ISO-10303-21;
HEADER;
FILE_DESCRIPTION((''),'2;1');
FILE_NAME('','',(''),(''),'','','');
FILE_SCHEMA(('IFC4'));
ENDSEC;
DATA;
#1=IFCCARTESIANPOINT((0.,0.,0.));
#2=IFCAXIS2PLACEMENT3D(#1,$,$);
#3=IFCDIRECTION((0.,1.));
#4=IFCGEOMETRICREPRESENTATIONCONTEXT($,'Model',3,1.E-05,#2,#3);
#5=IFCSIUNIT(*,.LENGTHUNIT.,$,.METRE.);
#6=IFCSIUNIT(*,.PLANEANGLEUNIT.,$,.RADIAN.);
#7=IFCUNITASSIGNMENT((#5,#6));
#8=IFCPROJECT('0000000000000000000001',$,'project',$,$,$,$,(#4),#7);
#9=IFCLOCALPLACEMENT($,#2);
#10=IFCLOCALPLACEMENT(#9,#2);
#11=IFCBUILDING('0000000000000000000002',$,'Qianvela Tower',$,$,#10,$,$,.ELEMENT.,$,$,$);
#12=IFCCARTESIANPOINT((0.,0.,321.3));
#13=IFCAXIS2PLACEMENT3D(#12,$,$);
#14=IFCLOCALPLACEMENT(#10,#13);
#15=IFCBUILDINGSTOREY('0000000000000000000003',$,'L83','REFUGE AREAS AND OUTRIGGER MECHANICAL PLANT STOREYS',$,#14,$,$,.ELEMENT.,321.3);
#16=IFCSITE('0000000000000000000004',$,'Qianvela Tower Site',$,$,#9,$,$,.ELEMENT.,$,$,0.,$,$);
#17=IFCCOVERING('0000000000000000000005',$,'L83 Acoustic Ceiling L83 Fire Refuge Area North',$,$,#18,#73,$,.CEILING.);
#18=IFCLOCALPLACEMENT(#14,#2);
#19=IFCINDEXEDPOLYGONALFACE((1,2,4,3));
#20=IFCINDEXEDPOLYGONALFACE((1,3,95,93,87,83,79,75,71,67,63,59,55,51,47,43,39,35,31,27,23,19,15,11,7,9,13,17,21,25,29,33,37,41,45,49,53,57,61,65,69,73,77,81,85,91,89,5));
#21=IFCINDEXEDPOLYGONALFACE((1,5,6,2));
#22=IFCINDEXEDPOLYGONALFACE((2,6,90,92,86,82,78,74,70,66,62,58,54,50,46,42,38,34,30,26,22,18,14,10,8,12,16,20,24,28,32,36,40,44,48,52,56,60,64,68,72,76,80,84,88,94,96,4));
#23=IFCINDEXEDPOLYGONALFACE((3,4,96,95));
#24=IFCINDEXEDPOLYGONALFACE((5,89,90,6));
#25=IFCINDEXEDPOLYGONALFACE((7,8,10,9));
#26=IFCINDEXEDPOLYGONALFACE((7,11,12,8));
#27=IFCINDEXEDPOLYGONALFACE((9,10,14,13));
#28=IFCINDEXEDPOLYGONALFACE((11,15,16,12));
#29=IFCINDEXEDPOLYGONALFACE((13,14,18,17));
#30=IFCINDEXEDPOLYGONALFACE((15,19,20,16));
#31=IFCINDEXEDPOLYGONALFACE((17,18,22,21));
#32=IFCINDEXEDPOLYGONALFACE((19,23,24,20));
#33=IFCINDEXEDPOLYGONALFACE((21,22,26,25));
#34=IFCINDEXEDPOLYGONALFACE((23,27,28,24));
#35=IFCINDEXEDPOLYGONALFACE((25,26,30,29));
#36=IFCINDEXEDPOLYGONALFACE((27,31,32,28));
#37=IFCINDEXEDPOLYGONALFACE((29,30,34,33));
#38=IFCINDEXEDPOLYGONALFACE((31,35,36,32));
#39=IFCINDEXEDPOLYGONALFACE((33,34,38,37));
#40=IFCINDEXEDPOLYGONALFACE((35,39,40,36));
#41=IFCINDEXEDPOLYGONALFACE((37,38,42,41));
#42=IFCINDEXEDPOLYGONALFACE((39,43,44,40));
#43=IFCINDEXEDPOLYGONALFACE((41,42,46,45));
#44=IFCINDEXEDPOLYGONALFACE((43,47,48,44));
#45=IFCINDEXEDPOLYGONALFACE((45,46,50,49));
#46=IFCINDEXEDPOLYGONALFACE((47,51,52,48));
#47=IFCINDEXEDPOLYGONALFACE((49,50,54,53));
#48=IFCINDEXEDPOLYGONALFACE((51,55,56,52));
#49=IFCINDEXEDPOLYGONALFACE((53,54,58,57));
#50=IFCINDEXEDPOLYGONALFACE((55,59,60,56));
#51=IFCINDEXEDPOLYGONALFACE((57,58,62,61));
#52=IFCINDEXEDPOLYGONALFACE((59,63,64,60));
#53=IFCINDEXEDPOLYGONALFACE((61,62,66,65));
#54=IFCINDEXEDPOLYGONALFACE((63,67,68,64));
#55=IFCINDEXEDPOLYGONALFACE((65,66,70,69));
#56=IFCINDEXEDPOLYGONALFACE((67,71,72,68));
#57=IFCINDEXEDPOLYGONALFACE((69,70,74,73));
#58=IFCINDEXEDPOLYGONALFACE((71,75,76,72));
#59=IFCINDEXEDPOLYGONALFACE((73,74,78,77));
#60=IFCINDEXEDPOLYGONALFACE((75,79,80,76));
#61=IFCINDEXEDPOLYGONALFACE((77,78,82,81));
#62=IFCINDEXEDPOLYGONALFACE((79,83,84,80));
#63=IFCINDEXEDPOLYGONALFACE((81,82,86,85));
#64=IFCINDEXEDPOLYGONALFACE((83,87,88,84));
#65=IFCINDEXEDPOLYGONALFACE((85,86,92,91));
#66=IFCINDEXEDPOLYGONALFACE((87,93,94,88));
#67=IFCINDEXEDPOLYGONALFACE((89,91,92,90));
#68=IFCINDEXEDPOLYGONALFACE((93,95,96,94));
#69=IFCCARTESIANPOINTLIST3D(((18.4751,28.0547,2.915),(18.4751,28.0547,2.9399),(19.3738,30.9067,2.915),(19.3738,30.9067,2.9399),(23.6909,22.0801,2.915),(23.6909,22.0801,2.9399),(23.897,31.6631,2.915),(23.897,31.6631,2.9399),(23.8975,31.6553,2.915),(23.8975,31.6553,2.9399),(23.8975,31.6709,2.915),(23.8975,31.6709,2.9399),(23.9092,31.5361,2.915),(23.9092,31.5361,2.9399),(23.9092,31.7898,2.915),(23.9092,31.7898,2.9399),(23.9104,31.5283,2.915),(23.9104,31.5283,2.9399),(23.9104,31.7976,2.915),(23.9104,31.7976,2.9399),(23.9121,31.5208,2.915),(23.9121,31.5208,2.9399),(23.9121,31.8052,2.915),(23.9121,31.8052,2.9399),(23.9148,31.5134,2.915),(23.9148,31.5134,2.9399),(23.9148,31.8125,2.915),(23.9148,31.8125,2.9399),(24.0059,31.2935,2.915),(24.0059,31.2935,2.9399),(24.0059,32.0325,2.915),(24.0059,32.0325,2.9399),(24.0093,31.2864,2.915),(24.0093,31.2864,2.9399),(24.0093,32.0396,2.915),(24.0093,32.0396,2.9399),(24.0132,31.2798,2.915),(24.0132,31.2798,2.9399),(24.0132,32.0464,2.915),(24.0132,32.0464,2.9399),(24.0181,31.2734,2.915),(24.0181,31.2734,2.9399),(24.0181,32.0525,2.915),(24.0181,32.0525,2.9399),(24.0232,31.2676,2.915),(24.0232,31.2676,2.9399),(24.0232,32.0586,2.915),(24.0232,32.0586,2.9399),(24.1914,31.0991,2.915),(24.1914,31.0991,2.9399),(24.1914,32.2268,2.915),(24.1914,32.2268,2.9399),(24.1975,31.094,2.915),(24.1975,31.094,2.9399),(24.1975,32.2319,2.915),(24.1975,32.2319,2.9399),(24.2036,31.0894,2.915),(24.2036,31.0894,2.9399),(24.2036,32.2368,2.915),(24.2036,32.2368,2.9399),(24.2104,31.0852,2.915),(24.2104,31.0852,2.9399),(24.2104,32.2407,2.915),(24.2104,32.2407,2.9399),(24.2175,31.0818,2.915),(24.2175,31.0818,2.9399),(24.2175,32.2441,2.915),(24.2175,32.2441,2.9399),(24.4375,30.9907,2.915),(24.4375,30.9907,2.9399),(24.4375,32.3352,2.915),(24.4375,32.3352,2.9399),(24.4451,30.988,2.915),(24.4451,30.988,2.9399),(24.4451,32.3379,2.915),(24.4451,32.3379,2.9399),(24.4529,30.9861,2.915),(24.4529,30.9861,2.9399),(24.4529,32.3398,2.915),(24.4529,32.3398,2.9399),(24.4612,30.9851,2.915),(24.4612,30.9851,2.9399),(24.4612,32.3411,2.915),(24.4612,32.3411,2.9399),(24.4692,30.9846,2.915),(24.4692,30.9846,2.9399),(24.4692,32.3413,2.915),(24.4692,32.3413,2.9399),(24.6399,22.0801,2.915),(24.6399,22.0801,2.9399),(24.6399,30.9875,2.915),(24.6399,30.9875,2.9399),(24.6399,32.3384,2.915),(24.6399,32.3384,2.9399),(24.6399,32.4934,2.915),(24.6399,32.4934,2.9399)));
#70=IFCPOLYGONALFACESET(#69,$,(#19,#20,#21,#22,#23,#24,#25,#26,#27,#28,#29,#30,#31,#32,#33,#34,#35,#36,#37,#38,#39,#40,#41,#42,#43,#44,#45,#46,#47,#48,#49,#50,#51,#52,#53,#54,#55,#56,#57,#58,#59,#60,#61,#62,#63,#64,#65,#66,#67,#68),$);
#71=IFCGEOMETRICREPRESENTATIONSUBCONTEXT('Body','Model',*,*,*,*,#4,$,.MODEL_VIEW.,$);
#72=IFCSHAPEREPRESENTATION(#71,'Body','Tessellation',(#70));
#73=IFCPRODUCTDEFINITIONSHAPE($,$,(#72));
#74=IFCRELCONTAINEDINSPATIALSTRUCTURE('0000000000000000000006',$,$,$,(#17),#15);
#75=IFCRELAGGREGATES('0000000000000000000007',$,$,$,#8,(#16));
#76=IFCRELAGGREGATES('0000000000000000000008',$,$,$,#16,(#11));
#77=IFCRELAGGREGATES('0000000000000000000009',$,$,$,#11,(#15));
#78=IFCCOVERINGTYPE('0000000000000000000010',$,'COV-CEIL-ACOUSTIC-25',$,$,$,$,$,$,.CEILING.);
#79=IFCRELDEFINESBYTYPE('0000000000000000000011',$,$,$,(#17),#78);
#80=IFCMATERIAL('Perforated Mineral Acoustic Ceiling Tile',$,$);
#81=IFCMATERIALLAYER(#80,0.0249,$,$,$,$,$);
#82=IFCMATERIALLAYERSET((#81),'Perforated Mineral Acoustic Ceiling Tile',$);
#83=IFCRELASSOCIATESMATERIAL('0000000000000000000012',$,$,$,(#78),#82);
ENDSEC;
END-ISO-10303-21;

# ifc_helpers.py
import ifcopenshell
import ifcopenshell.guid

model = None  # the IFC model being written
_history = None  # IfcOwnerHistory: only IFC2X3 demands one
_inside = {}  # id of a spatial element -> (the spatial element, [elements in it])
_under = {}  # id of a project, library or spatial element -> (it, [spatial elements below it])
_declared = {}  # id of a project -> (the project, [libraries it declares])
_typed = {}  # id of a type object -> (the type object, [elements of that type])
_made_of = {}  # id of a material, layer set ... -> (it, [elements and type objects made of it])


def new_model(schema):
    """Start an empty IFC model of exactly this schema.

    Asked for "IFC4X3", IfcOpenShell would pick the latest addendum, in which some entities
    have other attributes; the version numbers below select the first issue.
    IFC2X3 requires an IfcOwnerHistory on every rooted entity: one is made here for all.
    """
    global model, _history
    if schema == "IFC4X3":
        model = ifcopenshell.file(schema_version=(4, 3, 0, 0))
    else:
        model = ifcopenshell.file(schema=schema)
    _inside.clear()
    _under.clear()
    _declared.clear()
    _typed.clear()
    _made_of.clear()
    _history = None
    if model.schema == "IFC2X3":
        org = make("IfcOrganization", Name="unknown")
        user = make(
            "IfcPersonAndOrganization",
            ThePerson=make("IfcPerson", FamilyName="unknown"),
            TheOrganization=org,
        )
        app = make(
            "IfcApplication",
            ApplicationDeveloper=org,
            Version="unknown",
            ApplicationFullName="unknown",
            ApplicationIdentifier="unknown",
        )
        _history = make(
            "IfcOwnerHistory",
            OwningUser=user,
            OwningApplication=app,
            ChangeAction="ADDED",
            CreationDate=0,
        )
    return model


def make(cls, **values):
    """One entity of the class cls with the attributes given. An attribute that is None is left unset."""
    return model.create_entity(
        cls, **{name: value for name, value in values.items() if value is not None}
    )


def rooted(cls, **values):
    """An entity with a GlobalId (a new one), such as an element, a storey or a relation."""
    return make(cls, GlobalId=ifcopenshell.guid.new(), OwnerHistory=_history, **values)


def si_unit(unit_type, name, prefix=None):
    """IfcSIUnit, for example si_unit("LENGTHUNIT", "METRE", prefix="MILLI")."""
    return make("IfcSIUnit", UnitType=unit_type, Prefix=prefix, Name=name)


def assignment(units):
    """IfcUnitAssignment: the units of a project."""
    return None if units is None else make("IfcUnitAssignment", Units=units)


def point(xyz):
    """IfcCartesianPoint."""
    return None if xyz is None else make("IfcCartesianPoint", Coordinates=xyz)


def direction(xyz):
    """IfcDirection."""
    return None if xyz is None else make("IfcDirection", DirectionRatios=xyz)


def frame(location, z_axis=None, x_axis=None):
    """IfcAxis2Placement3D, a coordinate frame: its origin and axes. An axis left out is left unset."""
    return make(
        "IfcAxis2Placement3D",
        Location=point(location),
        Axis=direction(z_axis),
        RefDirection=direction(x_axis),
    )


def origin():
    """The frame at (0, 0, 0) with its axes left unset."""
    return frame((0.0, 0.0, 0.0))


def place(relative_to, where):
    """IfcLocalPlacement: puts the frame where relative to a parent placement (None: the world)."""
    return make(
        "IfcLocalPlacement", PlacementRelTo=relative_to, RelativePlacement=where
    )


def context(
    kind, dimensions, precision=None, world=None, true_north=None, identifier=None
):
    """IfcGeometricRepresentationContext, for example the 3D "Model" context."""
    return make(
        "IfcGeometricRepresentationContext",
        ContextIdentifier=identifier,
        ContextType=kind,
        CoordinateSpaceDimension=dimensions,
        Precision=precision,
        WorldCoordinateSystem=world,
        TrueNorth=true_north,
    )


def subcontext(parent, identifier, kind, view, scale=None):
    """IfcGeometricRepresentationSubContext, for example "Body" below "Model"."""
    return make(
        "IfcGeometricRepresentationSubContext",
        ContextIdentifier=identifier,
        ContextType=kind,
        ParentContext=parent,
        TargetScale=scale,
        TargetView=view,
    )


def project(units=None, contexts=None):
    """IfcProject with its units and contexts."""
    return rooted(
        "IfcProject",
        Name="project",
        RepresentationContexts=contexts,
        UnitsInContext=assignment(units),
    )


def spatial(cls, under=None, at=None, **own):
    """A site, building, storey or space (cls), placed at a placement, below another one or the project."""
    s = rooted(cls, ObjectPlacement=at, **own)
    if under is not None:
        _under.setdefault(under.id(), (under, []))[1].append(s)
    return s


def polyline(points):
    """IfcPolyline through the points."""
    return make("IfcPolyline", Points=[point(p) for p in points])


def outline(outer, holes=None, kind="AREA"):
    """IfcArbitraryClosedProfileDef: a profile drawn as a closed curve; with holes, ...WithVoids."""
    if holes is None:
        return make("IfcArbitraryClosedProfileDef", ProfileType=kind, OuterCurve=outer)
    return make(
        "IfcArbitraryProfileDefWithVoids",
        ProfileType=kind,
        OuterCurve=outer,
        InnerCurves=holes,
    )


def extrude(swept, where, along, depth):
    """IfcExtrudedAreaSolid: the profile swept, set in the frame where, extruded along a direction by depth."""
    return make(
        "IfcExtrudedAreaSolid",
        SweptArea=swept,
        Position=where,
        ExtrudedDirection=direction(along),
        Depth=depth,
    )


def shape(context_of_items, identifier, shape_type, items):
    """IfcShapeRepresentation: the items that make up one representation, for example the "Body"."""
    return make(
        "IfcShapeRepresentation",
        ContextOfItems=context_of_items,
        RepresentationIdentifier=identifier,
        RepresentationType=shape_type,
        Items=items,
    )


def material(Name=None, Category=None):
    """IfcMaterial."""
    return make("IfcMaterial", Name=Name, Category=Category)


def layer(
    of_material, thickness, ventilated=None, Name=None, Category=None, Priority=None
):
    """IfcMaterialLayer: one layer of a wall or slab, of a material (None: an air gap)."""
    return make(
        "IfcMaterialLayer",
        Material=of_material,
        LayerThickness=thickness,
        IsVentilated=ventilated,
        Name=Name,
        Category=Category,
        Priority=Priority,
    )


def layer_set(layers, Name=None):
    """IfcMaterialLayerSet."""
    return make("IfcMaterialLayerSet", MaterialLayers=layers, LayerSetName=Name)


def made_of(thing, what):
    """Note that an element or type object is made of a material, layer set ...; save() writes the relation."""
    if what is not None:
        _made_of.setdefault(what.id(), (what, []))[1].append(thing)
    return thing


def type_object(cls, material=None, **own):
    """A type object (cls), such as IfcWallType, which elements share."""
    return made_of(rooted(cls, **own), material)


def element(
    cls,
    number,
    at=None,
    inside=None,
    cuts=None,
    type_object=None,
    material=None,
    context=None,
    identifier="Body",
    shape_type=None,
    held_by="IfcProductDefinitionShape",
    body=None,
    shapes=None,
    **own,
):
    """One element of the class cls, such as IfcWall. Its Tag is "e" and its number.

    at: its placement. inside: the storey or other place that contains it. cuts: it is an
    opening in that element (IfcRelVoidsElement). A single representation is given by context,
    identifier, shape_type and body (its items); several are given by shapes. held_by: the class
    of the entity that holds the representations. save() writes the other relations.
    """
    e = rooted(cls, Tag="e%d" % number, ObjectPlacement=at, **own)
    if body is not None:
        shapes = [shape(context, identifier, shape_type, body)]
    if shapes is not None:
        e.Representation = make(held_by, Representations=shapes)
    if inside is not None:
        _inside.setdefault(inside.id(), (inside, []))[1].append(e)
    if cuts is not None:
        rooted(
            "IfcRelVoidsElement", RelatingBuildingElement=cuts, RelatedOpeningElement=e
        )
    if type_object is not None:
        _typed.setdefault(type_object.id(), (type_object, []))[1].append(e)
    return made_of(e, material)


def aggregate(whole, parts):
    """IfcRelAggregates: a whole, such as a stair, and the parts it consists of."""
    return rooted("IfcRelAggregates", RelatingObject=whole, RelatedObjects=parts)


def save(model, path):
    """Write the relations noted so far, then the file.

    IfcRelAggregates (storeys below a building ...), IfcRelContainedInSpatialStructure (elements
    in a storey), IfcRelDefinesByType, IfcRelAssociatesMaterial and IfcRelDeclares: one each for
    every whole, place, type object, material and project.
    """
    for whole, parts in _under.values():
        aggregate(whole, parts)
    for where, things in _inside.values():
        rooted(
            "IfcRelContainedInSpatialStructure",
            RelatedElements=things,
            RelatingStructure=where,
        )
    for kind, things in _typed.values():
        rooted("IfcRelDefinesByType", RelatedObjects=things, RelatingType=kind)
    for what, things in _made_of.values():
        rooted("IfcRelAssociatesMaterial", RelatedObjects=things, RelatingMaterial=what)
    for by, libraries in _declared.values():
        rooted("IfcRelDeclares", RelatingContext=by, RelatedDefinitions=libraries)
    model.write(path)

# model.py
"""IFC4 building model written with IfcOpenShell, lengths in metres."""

from ifc_helpers import new_model, si_unit, direction, frame, origin, place, context, subcontext, project, spatial, polyline, outline, extrude, material, layer, layer_set, type_object, element, save


model = new_model("IFC4")

# Units and contexts
model_context = context("Model", 3, precision=1e-05, world=origin(), true_north=direction((0.0, 1.0)))
body_context = subcontext(model_context, "Body", "Model", "MODEL_VIEW")
ifc_project = project(units=[si_unit("LENGTHUNIT", "METRE"), si_unit("PLANEANGLEUNIT", "RADIAN")], contexts=[model_context])

# Site, building, storey
site_placement = place(None, origin())
site = spatial("IfcSite", under=ifc_project, at=site_placement, Name="Qianvela Tower Site", CompositionType="ELEMENT", RefElevation=0.0)
building_placement = place(site_placement, origin())
building = spatial("IfcBuilding", under=site, at=building_placement, Name="Qianvela Tower", CompositionType="ELEMENT")
storey_placement = place(building_placement, frame((0.0, 0.0, 321.3)))
storey = spatial("IfcBuildingStorey", under=building, at=storey_placement, Name="L83", Description="REFUGE AREAS AND OUTRIGGER MECHANICAL PLANT STOREYS", CompositionType="ELEMENT", Elevation=321.3)

# Covering
ifc_material_1 = material(Name="Perforated Mineral Acoustic Ceiling Tile")
ifc_layer_1 = layer(ifc_material_1, 0.0249)
ifc_layer_set_1 = layer_set([ifc_layer_1], Name="Perforated Mineral Acoustic Ceiling Tile")
covering_type_1 = type_object("IfcCoveringType", Name="COV-CEIL-ACOUSTIC-25", PredefinedType="CEILING", material=ifc_layer_set_1)
covering_1_placement = place(storey_placement, frame((0.0, 0.0, 2.915)))
element("IfcCovering", 1, at=covering_1_placement, inside=storey, type_object=covering_type_1, Name="L83 Acoustic Ceiling L83 Fire Refuge Area North", PredefinedType="CEILING", context=body_context, shape_type="SweptSolid", body=[
    extrude(outline(polyline([(19.3738, 30.9067), (24.6399, 32.4934), (24.6399, 32.3384), (24.4692, 32.3413), (24.4612, 32.3411), (24.4529, 32.3398), (24.4451, 32.3379), (24.4375, 32.3352), (24.2175, 32.2441), (24.2104, 32.2407), (24.2036, 32.2368), (24.1975, 32.2319), (24.1914, 32.2268), (24.0232, 32.0586), (24.0181, 32.0525), (24.0132, 32.0464), (24.0093, 32.0396), (24.0059, 32.0325), (23.9148, 31.8125), (23.9121, 31.8052), (23.9104, 31.7976), (23.9092, 31.7898), (23.8975, 31.6709), (23.897, 31.6631), (23.8975, 31.6553), (23.9092, 31.5361), (23.9104, 31.5283), (23.9121, 31.5208), (23.9148, 31.5134), (24.0059, 31.2935), (24.0093, 31.2864), (24.0132, 31.2798), (24.0181, 31.2734), (24.0232, 31.2676), (24.1914, 31.0991), (24.1975, 31.094), (24.2036, 31.0894), (24.2104, 31.0852), (24.2175, 31.0818), (24.4375, 30.9907), (24.4451, 30.988), (24.4529, 30.9861), (24.4612, 30.9851), (24.4692, 30.9846), (24.6399, 30.9875), (24.6399, 22.0801), (23.6909, 22.0801), (18.4751, 28.0547), (19.3738, 30.9067)])), origin(), (0.0, 0.0, 1.0), 0.0249),
])

save(model, "model.ifc")
